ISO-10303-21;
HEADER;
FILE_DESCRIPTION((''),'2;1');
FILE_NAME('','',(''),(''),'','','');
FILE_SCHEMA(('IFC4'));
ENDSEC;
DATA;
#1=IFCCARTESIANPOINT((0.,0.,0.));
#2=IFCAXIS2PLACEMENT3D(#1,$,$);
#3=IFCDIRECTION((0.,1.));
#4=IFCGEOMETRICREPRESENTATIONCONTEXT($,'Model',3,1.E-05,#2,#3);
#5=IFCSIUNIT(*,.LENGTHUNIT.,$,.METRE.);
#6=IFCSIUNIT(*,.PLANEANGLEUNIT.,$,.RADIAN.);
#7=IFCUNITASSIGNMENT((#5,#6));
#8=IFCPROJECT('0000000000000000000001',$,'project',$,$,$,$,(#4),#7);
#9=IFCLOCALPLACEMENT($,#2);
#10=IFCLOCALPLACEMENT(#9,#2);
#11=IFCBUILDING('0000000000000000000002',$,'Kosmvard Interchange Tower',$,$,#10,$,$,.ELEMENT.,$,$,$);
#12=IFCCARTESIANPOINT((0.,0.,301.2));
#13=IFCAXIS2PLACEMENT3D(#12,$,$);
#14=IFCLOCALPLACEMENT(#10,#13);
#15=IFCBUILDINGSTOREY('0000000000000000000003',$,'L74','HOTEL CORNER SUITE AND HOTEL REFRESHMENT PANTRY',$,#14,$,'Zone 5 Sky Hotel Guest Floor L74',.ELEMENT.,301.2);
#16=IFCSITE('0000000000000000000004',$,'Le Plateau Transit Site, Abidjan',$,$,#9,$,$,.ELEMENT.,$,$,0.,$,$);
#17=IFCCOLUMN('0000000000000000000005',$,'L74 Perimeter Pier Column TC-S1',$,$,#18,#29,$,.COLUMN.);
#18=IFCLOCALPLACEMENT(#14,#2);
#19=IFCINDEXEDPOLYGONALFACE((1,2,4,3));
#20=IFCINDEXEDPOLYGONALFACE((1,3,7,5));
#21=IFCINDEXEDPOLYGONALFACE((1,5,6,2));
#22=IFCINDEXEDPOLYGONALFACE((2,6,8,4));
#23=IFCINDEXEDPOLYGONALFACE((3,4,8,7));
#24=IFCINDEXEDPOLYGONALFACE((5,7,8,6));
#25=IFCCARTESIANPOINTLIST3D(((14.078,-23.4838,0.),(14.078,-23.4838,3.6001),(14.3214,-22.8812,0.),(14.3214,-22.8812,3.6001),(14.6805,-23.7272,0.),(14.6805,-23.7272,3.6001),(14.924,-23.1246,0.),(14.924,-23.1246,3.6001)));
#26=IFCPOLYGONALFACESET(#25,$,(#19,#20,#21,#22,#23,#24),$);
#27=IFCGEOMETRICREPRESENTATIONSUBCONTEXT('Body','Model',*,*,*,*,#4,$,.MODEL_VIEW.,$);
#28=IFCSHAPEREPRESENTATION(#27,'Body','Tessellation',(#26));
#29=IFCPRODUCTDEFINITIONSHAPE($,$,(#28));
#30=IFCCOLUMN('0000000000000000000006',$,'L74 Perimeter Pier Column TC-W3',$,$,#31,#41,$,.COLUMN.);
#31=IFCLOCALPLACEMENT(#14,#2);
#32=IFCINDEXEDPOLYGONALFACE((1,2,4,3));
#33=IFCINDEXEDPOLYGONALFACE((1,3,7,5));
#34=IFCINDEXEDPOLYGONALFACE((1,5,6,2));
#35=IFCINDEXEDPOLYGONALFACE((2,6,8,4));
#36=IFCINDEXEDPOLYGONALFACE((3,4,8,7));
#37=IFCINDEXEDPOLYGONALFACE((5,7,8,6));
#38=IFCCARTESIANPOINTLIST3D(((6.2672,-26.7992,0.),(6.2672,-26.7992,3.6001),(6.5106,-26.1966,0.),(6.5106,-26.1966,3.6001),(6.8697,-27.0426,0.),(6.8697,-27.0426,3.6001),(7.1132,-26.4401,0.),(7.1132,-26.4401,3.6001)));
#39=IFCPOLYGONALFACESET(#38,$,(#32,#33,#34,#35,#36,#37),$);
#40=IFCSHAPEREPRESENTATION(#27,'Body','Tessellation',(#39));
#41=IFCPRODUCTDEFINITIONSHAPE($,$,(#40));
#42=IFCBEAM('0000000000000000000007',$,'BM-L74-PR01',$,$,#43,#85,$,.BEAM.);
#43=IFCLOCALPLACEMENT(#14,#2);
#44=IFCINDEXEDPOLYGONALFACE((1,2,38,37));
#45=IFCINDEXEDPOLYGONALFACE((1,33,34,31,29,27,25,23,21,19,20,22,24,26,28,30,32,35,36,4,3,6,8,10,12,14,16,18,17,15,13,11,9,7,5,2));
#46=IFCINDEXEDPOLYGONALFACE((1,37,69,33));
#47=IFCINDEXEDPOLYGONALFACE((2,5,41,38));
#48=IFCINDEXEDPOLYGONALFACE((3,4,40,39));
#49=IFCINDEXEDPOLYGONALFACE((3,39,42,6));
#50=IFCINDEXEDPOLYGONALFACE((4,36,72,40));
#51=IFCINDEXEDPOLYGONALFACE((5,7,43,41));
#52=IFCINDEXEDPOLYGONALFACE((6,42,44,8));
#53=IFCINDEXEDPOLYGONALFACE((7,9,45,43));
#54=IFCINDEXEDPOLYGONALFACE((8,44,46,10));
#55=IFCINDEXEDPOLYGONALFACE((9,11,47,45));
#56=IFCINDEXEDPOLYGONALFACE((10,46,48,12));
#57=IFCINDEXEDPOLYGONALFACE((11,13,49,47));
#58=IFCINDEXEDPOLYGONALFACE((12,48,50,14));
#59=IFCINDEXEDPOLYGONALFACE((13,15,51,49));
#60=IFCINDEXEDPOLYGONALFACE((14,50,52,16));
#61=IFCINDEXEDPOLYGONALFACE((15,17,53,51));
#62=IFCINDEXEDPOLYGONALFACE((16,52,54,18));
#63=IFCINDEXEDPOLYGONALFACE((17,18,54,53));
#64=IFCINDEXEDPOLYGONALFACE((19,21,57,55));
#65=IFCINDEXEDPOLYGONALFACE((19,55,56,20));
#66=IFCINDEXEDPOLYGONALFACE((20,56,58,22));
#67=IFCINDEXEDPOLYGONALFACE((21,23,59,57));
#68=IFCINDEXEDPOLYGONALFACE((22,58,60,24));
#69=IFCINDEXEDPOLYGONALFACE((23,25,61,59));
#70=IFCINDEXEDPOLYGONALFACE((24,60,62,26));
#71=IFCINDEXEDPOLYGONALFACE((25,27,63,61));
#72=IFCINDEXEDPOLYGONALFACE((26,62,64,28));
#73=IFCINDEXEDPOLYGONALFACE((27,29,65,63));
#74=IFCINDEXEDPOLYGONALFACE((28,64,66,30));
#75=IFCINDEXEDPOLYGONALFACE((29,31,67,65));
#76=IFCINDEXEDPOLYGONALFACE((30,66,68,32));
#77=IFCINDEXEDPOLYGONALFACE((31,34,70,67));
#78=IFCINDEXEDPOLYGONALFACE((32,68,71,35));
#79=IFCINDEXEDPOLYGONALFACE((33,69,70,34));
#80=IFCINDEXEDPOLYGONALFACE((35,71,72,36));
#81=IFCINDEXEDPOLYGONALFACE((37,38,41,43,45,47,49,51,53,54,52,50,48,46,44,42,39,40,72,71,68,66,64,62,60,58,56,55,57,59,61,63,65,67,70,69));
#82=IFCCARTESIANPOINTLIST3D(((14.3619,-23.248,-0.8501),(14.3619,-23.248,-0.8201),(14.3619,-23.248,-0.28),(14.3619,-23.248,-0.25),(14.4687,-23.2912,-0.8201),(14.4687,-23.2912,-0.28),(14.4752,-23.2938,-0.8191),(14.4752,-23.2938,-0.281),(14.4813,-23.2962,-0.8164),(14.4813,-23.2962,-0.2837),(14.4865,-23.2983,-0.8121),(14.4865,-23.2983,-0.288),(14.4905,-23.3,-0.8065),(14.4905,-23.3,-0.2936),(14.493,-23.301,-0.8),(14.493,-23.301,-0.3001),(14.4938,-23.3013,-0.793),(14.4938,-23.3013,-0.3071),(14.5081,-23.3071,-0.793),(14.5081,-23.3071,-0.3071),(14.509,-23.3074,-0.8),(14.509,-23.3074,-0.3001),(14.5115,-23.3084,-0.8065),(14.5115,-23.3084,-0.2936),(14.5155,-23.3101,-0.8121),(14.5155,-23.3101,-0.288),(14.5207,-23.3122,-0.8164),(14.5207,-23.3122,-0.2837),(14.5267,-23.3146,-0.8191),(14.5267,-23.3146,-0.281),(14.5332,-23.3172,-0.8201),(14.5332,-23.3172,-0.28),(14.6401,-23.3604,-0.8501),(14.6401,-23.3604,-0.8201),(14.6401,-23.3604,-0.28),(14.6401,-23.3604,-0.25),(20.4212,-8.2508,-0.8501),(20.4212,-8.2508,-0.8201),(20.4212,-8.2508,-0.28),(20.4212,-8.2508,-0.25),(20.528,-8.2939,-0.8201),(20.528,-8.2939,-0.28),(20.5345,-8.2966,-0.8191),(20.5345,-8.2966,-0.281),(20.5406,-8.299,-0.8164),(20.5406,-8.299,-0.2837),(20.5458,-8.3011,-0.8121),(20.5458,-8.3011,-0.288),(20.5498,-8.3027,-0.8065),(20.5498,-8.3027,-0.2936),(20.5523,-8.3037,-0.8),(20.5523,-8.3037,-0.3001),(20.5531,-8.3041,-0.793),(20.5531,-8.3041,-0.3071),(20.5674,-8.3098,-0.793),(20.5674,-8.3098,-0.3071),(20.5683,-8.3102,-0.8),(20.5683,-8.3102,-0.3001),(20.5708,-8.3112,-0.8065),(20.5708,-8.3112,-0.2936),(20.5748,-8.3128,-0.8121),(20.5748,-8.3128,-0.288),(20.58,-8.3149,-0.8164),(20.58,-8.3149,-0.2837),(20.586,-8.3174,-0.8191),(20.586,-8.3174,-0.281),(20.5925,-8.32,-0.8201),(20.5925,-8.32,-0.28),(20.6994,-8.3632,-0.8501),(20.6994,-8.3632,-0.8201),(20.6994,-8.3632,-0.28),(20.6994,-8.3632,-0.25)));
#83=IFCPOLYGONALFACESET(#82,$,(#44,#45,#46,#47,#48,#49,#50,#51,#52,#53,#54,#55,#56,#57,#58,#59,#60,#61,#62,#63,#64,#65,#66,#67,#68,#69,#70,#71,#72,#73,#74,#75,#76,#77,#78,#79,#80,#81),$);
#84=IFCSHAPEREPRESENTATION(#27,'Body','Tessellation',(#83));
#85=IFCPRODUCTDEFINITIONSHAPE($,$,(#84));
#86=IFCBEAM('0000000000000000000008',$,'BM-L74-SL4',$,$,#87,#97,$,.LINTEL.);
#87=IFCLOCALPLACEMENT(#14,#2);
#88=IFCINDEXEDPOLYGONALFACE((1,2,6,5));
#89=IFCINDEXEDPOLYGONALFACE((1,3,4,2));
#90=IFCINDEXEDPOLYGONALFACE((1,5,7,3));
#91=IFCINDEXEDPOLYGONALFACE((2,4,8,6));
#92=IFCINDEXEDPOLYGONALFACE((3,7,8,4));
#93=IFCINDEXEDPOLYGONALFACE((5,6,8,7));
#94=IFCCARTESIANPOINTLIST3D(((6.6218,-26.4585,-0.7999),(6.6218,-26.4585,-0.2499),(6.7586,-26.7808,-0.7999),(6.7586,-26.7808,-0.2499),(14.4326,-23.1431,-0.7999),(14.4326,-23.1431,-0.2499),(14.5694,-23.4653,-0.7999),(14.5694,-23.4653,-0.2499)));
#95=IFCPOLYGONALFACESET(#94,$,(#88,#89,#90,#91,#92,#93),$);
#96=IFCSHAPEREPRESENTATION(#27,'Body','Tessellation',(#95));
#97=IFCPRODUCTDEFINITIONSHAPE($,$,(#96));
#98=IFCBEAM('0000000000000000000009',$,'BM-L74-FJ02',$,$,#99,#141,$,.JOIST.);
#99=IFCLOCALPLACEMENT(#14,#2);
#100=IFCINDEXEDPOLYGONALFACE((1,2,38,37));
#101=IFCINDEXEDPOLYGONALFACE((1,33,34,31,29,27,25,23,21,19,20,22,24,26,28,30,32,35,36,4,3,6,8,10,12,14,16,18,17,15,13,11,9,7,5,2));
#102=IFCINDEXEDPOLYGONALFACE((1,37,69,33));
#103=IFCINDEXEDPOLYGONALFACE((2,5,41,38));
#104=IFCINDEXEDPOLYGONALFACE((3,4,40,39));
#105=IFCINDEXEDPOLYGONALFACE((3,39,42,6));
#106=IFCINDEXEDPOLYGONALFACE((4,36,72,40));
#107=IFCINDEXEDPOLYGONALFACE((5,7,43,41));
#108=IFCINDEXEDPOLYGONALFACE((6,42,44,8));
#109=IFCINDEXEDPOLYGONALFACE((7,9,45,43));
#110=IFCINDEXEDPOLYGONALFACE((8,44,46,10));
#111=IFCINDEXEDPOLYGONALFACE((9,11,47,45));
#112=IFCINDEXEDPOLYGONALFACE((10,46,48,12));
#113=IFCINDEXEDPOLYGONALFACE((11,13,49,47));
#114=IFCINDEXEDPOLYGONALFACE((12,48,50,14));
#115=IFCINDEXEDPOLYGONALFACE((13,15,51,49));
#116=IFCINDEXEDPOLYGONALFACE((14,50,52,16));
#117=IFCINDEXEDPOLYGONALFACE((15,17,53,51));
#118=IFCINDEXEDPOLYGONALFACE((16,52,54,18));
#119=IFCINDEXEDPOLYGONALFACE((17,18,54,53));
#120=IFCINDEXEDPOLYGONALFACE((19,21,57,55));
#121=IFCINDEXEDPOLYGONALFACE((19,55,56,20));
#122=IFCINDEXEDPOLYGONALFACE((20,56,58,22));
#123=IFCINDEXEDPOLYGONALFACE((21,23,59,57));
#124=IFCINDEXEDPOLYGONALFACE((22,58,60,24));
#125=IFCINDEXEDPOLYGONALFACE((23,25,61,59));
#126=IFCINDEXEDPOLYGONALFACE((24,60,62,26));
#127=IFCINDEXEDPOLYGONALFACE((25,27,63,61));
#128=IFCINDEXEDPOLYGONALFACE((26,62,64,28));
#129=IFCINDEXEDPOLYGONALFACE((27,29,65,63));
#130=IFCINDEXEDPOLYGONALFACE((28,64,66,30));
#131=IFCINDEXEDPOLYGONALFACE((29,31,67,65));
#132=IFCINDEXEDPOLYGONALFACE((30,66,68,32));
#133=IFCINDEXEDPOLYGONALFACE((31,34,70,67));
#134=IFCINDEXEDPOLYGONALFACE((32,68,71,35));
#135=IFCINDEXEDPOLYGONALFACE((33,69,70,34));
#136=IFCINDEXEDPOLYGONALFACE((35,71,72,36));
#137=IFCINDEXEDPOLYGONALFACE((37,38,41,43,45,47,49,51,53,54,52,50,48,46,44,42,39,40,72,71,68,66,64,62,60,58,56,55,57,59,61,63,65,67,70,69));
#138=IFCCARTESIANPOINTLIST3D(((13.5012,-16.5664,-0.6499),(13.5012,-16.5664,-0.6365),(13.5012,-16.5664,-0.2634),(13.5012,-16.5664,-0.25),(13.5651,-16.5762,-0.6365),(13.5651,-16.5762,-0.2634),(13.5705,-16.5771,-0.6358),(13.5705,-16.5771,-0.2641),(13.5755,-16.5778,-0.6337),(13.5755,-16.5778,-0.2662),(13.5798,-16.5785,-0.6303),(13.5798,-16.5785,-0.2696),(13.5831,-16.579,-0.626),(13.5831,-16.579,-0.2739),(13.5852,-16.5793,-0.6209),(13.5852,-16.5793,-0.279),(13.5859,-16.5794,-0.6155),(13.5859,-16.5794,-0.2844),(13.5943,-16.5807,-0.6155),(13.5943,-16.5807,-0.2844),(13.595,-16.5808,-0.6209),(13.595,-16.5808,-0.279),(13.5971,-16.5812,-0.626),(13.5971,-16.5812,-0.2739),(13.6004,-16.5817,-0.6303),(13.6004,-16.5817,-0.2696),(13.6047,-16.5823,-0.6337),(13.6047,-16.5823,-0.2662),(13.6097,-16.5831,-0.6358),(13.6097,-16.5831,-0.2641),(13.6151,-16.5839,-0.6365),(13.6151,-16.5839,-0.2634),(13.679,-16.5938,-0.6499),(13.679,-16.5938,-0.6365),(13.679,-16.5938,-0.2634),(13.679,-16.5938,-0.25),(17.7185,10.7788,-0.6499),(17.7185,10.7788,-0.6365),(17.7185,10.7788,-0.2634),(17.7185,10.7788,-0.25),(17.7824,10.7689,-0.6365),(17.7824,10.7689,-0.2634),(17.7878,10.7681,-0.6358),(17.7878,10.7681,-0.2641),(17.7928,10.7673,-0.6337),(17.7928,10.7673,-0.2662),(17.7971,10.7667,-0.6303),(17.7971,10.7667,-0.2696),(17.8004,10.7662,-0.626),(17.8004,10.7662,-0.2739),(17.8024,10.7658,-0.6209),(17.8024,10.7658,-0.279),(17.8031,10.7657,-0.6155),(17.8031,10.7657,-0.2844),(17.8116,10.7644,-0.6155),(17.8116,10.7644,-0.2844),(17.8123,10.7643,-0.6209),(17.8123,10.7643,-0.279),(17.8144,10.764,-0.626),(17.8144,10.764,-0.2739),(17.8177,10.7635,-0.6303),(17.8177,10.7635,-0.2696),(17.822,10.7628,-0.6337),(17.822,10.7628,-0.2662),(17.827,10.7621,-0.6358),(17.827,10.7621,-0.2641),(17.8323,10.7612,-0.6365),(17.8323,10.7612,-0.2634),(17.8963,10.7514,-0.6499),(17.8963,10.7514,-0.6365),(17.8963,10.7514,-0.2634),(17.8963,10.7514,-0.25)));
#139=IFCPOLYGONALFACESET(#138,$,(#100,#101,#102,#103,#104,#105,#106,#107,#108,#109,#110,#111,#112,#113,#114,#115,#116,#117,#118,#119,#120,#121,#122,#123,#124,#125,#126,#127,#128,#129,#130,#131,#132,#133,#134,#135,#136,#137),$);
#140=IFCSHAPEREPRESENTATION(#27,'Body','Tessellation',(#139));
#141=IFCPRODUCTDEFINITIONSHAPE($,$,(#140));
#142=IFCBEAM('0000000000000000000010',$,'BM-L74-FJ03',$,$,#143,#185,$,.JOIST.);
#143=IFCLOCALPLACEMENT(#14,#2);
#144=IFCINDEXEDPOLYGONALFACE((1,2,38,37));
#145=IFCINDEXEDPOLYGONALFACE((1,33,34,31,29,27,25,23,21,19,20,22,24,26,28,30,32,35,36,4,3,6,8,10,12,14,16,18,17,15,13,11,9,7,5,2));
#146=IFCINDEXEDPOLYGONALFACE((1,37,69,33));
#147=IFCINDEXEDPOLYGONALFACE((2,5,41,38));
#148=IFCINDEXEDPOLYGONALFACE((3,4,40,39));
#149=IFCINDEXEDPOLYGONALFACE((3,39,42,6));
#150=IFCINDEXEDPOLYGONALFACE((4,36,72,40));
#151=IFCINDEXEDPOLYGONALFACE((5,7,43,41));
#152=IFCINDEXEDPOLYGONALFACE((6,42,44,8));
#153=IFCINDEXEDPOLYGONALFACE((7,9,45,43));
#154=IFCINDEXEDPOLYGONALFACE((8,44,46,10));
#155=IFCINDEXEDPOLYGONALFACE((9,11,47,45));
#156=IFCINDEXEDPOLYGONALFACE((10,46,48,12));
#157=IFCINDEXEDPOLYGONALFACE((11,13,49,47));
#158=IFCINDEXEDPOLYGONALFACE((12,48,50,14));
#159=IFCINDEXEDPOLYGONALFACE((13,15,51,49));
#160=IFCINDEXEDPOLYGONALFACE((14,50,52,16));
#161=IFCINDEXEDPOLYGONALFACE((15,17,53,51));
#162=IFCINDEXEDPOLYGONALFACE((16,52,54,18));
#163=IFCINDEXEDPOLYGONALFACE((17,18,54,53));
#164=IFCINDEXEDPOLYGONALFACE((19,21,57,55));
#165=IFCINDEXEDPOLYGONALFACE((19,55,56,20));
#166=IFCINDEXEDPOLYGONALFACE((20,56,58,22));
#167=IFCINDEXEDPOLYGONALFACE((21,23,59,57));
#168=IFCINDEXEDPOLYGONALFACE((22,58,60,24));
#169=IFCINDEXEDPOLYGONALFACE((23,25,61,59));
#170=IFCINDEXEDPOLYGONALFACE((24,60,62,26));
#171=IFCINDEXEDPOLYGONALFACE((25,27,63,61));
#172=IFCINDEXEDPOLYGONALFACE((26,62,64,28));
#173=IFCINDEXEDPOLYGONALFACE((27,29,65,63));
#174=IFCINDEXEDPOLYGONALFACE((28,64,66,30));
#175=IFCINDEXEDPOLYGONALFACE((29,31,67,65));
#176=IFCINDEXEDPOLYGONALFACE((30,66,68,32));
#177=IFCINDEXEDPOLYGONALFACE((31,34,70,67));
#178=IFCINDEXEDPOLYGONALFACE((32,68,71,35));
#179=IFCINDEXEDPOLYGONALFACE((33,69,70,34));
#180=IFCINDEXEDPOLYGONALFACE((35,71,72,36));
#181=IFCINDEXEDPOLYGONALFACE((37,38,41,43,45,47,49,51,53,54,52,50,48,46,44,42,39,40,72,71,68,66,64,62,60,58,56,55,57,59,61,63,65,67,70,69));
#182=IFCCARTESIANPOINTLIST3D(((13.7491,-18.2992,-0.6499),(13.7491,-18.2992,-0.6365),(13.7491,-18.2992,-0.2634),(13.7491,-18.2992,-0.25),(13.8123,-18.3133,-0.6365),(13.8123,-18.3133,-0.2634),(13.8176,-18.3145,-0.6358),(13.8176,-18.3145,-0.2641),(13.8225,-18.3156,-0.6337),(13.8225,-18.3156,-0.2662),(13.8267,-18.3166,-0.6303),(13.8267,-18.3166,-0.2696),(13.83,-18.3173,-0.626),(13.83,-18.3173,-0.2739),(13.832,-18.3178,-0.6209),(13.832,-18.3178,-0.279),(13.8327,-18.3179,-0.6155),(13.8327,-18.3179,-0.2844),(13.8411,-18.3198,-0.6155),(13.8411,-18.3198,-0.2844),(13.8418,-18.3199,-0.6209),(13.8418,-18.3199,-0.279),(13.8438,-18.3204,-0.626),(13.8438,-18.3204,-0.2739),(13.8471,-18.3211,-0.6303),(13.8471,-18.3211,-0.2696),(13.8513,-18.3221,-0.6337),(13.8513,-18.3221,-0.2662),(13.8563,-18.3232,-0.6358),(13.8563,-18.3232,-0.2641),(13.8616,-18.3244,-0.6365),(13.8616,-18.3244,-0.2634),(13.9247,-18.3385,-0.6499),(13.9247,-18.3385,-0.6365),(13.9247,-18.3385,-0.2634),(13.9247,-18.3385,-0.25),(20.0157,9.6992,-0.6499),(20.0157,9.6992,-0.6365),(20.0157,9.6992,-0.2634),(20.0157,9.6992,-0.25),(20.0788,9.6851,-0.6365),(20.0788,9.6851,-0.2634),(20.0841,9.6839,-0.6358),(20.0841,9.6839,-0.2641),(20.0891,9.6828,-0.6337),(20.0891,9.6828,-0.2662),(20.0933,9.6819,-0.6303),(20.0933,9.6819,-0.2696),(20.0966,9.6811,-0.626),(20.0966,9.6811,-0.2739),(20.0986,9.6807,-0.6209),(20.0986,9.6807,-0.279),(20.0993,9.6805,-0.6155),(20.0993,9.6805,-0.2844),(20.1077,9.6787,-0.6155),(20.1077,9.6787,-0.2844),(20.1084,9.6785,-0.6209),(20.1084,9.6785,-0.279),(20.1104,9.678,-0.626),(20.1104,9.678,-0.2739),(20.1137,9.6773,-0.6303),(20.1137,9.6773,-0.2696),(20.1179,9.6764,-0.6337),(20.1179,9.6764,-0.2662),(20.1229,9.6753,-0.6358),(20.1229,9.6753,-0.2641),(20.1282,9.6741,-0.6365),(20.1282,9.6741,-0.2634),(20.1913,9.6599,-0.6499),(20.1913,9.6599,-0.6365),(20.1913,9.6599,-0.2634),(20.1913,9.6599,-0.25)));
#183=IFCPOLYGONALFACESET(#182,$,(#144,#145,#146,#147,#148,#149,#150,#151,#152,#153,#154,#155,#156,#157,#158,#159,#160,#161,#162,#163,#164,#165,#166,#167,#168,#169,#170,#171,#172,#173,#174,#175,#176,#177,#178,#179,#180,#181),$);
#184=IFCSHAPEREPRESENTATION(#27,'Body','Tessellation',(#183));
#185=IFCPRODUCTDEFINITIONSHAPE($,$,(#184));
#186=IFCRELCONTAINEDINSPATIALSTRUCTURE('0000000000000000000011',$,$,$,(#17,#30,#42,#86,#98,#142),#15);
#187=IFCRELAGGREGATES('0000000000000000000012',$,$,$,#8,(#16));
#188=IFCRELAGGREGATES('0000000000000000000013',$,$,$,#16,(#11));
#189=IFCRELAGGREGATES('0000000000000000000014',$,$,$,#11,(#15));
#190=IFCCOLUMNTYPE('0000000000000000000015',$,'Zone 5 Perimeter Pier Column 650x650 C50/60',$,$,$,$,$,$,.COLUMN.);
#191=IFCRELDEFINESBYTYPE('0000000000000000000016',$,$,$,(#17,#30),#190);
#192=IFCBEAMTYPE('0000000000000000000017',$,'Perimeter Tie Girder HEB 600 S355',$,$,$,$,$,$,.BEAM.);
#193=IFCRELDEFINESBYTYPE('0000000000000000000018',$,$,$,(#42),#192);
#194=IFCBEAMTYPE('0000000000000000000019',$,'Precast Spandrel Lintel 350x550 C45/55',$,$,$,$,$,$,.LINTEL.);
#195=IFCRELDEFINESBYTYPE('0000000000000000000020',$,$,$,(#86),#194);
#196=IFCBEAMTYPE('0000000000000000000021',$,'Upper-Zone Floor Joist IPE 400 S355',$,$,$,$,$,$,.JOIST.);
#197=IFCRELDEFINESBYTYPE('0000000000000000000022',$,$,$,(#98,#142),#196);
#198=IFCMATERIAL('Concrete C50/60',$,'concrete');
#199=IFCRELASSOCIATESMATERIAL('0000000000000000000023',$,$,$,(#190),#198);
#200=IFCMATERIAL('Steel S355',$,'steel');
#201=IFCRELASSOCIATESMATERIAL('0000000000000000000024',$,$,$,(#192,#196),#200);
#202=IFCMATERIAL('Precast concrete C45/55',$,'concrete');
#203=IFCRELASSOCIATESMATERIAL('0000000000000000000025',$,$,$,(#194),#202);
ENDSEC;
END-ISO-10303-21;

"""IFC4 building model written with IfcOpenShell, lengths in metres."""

from ifc_helpers import new_model, si_unit, direction, frame, origin, origin_2d, place, context, subcontext, project, spatial, rectangle, i_section, extrude, source, transform, mapped, material, material_profile, profile_set, type_object, element, save


model = new_model("IFC4")

# Units and contexts
model_context = context("Model", 3, precision=1e-05, world=origin(), true_north=direction((0.0, 1.0)))
body_context = subcontext(model_context, "Body", "Model", "MODEL_VIEW")
ifc_project = project(units=[si_unit("LENGTHUNIT", "METRE"), si_unit("PLANEANGLEUNIT", "RADIAN")], contexts=[model_context])

# Site, building, storey
site_placement = place(None, origin())
site = spatial("IfcSite", under=ifc_project, at=site_placement, Name="Le Plateau Transit Site, Abidjan", CompositionType="ELEMENT", RefElevation=0.0)
building_placement = place(site_placement, origin())
building = spatial("IfcBuilding", under=site, at=building_placement, Name="Kosmvard Interchange Tower", CompositionType="ELEMENT")
storey_placement = place(building_placement, frame((0.0, 0.0, 301.2)))
storey = spatial("IfcBuildingStorey", under=building, at=storey_placement, Name="L74", Description="HOTEL CORNER SUITE AND HOTEL REFRESHMENT PANTRY", LongName="Zone 5 Sky Hotel Guest Floor L74", CompositionType="ELEMENT", Elevation=301.2)

# Columns
ifc_material_1 = material(Name="Concrete C50/60", Category="concrete")
ifc_material_profile_1 = material_profile(ifc_material_1, rectangle(XDim=0.6499, YDim=0.6499, at=origin_2d()), Name="TC 650x650")
ifc_profile_set_1 = profile_set([ifc_material_profile_1], Name="Concrete C50/60")
column_type = type_object("IfcColumnType", Name="Zone 5 Perimeter Pier Column 650x650 C50/60", PredefinedType="COLUMN", material=ifc_profile_set_1)
shared_shape_1 = source(origin(), body_context, "Body", "SweptSolid", [
    extrude(rectangle(XDim=0.6499, YDim=0.6499, at=origin_2d()), origin(), (0.0, 0.0, 1.0), 3.6001),
])
for number, where, z_axis, x_axis, name in (
    (1, (14.501, -23.3042, 0.0), (0.0, 0.0, 1.0), (0.374607, 0.927184, 0.0), "L74 Perimeter Pier Column TC-S1"),
    (2, (6.6902, -26.6196, 0.0), (0.0, 0.0, 1.0), (0.374607, 0.927184, 0.0), "L74 Perimeter Pier Column TC-W3"),
):
    element("IfcColumn", number, at=place(storey_placement, frame(where, z_axis=z_axis, x_axis=x_axis)), inside=storey, type_object=column_type, Name=name, PredefinedType="COLUMN", context=body_context, shape_type="MappedRepresentation", body=[
        mapped(shared_shape_1, transform((0.0, 0.0, 0.0), scale=1.0)),
    ])

# Beams
ifc_material_2 = material(Name="Steel S355", Category="steel")
ifc_material_profile_2 = material_profile(ifc_material_2, i_section(OverallWidth=0.3, OverallDepth=0.6001, WebThickness=0.0154, FlangeThickness=0.03, FilletRadius=0.0271, at=origin_2d()), Name="HEB 600")
ifc_profile_set_2 = profile_set([ifc_material_profile_2], Name="Steel S355")
beam_type_1 = type_object("IfcBeamType", Name="Perimeter Tie Girder HEB 600 S355", PredefinedType="BEAM", material=ifc_profile_set_2)
shared_shape_2 = source(origin(), body_context, "Body", "SweptSolid", [
    extrude(i_section(OverallWidth=0.3, OverallDepth=0.6001, WebThickness=0.0154, FlangeThickness=0.03, FilletRadius=0.0271, at=origin_2d()), origin(), (0.0, 0.0, 1.0), 16.175),
])
beam_1_placement = place(storey_placement, frame((14.501, -23.3042, -0.55), z_axis=(0.374608, 0.927183, 0.0), x_axis=(-0.927183, 0.374608, 0.0)))
element("IfcBeam", 3, at=beam_1_placement, inside=storey, type_object=beam_type_1, Name="BM-L74-PR01", PredefinedType="BEAM", context=body_context, shape_type="MappedRepresentation", body=[
    mapped(shared_shape_2, transform((0.0, 0.0, 0.0), scale=1.0)),
])
ifc_material_3 = material(Name="Precast concrete C45/55", Category="concrete")
ifc_material_profile_3 = material_profile(ifc_material_3, rectangle(XDim=0.3501, YDim=0.55, at=origin_2d()), Name="SL 350x550")
ifc_profile_set_3 = profile_set([ifc_material_profile_3], Name="Precast concrete C45/55")
beam_type_2 = type_object("IfcBeamType", Name="Precast Spandrel Lintel 350x550 C45/55", PredefinedType="LINTEL", material=ifc_profile_set_3)
shared_shape_3 = source(origin(), body_context, "Body", "SweptSolid", [
    extrude(rectangle(XDim=0.3501, YDim=0.55, at=origin_2d()), origin(), (0.0, 0.0, 1.0), 8.4854),
])
beam_2_placement = place(storey_placement, frame((6.6902, -26.6196, -0.5249), z_axis=(0.920507, 0.390726, 0.0), x_axis=(-0.390726, 0.920507, 0.0)))
element("IfcBeam", 4, at=beam_2_placement, inside=storey, type_object=beam_type_2, Name="BM-L74-SL4", PredefinedType="LINTEL", context=body_context, shape_type="MappedRepresentation", body=[
    mapped(shared_shape_3, transform((0.0, 0.0, 0.0), scale=1.0)),
])
ifc_material_profile_4 = material_profile(ifc_material_2, i_section(OverallWidth=0.1799, OverallDepth=0.3999, WebThickness=0.0085, FlangeThickness=0.0134, FilletRadius=0.021, at=origin_2d()), Name="IPE 400")
ifc_profile_set_4 = profile_set([ifc_material_profile_4], Name="Steel S355")
beam_type_3 = type_object("IfcBeamType", Name="Upper-Zone Floor Joist IPE 400 S355", PredefinedType="JOIST", material=ifc_profile_set_4)
shared_shape_4 = source(origin(), body_context, "Body", "SweptSolid", [
    extrude(i_section(OverallWidth=0.1799, OverallDepth=0.3999, WebThickness=0.0085, FlangeThickness=0.0134, FilletRadius=0.021, at=origin_2d()), origin(), (0.0, 0.0, 1.0), 27.6685),
])
beam_3_placement = place(storey_placement, frame((13.5901, -16.5801, -0.45), z_axis=(0.152422, 0.988316, 0.0), x_axis=(-0.988316, 0.152422, 0.0)))
element("IfcBeam", 5, at=beam_3_placement, inside=storey, type_object=beam_type_3, Name="BM-L74-FJ02", PredefinedType="JOIST", context=body_context, shape_type="MappedRepresentation", body=[
    mapped(shared_shape_4, transform((0.0, 0.0, 0.0), scale=1.0)),
])
shared_shape_5 = source(origin(), body_context, "Body", "SweptSolid", [
    extrude(i_section(OverallWidth=0.1799, OverallDepth=0.3999, WebThickness=0.0085, FlangeThickness=0.0134, FilletRadius=0.021, at=origin_2d()), origin(), (0.0, 0.0, 1.0), 28.6912),
])
beam_4_placement = place(storey_placement, frame((13.8369, -18.3188, -0.45), z_axis=(0.218415, 0.975856, 0.0), x_axis=(-0.975856, 0.218415, 0.0)))
element("IfcBeam", 6, at=beam_4_placement, inside=storey, type_object=beam_type_3, Name="BM-L74-FJ03", PredefinedType="JOIST", context=body_context, shape_type="MappedRepresentation", body=[
    mapped(shared_shape_5, transform((0.0, 0.0, 0.0), scale=1.0)),
])

save(model, "model.ifc")
